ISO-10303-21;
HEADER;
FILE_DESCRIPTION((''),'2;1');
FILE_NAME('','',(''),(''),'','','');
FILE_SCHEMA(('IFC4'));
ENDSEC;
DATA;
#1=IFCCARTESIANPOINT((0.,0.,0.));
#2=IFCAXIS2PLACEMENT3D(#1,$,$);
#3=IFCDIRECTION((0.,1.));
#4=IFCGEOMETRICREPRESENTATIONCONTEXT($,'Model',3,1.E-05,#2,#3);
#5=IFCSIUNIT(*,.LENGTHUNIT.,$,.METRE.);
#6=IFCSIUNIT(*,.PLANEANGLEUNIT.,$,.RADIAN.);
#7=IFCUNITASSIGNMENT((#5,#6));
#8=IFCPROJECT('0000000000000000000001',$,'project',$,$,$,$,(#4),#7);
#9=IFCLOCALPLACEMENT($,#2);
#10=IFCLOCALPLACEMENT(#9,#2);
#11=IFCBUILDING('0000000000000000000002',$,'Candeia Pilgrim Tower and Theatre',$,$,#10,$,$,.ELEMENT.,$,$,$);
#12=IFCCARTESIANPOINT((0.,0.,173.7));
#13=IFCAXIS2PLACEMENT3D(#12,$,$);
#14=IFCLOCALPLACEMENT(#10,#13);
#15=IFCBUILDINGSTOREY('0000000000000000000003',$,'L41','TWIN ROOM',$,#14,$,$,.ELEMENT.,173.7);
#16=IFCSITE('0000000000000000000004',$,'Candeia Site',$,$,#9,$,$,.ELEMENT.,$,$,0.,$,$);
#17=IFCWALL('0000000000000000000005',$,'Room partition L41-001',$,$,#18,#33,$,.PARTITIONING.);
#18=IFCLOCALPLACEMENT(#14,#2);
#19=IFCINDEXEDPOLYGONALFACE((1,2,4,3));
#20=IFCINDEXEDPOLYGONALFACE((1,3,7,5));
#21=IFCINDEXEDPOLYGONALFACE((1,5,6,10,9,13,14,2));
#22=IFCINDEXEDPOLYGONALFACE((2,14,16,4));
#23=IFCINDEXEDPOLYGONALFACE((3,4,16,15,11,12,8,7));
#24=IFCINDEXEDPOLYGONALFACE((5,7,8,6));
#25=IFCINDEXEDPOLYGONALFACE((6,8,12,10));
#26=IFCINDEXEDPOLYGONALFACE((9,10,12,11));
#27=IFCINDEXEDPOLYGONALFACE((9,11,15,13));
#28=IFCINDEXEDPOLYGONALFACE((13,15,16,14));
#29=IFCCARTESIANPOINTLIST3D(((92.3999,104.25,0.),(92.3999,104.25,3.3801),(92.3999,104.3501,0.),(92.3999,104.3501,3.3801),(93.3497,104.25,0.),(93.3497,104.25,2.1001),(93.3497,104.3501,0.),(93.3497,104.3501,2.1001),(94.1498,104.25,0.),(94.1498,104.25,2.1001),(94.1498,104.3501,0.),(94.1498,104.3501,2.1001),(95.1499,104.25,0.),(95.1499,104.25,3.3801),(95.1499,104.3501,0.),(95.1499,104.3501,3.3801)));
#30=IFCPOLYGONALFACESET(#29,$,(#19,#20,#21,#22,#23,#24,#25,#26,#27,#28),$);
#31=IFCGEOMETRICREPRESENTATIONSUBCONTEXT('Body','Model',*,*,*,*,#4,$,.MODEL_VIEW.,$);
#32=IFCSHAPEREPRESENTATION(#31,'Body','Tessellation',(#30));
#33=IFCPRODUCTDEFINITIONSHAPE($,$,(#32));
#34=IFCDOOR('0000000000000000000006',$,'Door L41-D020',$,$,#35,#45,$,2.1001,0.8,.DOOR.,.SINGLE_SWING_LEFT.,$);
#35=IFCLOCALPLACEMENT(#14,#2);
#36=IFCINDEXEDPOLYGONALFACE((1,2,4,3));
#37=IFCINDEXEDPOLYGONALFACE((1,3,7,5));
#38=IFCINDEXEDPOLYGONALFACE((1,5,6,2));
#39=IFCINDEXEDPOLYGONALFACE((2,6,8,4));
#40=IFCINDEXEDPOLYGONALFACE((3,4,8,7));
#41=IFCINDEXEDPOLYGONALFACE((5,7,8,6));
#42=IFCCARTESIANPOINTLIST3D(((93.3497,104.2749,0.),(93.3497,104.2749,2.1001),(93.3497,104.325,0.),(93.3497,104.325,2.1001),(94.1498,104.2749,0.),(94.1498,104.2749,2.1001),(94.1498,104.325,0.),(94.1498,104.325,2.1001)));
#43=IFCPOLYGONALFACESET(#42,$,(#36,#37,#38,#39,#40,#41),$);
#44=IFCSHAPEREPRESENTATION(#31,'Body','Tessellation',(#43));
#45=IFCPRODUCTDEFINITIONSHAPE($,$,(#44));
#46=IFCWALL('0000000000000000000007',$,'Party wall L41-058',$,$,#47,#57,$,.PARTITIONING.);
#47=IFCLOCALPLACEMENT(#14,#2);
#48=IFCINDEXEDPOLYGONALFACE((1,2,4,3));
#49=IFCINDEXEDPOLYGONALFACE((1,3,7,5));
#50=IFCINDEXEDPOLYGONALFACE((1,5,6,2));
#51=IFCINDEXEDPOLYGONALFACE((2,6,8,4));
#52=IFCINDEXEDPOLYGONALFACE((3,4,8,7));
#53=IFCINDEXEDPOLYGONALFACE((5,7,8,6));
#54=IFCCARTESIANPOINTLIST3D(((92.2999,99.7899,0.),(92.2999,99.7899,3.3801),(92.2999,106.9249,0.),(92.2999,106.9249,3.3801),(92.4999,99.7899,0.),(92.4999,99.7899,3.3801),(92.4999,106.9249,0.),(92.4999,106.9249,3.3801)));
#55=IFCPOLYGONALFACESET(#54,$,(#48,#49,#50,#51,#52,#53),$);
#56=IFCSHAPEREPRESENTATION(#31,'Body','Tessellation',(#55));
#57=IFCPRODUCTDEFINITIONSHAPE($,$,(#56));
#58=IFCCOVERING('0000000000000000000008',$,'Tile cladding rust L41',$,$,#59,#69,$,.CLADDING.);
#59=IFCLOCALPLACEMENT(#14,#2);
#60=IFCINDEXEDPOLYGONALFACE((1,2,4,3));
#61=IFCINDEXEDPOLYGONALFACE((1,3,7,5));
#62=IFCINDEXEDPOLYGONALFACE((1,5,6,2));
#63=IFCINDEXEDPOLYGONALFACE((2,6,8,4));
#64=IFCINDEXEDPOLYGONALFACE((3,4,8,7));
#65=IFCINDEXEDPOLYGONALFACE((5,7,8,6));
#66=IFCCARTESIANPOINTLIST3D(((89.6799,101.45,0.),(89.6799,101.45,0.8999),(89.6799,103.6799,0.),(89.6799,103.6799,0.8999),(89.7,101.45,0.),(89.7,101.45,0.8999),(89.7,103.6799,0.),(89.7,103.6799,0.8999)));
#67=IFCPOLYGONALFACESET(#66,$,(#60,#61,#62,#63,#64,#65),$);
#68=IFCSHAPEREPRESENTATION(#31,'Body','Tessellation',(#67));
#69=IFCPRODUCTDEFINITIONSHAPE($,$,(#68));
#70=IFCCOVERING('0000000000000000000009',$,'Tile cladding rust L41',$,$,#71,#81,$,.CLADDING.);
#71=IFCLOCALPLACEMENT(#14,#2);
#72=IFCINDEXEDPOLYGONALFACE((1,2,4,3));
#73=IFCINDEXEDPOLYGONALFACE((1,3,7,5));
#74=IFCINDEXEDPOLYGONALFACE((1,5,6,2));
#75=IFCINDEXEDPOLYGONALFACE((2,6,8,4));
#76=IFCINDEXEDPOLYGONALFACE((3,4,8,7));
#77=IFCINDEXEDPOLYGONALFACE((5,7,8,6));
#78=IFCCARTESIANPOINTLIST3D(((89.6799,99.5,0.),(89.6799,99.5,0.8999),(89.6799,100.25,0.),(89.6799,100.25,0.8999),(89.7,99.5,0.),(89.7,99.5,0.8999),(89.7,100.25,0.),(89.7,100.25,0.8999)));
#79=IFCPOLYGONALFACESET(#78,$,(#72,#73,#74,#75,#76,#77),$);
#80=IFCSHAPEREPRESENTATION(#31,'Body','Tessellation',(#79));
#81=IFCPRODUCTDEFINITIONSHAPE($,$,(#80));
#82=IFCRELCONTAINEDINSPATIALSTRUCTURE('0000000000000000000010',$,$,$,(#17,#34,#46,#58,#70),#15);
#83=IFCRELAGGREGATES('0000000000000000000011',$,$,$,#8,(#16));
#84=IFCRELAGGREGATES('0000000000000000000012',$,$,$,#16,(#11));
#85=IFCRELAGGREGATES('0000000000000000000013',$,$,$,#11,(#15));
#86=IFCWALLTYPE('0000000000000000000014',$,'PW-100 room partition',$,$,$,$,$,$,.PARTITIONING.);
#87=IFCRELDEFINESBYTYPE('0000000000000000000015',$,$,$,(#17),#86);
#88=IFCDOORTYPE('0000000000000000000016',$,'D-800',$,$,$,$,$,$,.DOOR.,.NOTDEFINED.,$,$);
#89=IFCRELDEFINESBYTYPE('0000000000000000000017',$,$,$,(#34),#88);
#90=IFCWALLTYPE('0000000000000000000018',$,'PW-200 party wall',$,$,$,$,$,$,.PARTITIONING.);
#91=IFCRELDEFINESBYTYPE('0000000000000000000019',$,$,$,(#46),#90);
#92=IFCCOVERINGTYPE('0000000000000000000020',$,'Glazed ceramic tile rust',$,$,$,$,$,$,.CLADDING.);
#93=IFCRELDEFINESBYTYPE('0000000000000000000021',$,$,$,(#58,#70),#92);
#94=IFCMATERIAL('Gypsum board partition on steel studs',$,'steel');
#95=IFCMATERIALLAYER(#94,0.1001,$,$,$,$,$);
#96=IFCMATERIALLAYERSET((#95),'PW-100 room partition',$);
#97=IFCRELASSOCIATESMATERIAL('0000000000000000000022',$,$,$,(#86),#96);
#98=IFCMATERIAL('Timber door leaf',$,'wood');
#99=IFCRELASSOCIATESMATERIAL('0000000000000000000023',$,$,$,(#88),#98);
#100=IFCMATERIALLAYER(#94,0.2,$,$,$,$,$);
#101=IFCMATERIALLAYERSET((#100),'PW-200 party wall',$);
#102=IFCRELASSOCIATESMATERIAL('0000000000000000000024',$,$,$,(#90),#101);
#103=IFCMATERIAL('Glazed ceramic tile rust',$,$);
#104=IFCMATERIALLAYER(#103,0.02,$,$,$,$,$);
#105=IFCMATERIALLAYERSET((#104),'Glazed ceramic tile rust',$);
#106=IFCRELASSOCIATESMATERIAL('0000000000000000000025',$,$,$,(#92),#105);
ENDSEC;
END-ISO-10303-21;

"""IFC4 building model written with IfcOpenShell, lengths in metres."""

from ifc_helpers import new_model, si_unit, direction, frame, frame_2d, origin, origin_2d, place, context, subcontext, project, spatial, rectangle, extrude, material, layer, layer_set, type_object, element, fill, save


model = new_model("IFC4")

# Units and contexts
model_context = context("Model", 3, precision=1e-05, world=origin(), true_north=direction((0.0, 1.0)))
body_context = subcontext(model_context, "Body", "Model", "MODEL_VIEW")
ifc_project = project(units=[si_unit("LENGTHUNIT", "METRE"), si_unit("PLANEANGLEUNIT", "RADIAN")], contexts=[model_context])

# Site, building, storey
site_placement = place(None, origin())
site = spatial("IfcSite", under=ifc_project, at=site_placement, Name="Candeia Site", CompositionType="ELEMENT", RefElevation=0.0)
building_placement = place(site_placement, origin())
building = spatial("IfcBuilding", under=site, at=building_placement, Name="Candeia Pilgrim Tower and Theatre", CompositionType="ELEMENT")
storey_placement = place(building_placement, frame((0.0, 0.0, 173.7)))
storey = spatial("IfcBuildingStorey", under=building, at=storey_placement, Name="L41", Description="TWIN ROOM", CompositionType="ELEMENT", Elevation=173.7)

# Wall, opening, door
ifc_material_1 = material(Name="Gypsum board partition on steel studs", Category="steel")
ifc_layer_1 = layer(ifc_material_1, 0.1001)
ifc_layer_set_1 = layer_set([ifc_layer_1], Name="PW-100 room partition")
wall_type_1 = type_object("IfcWallType", Name="PW-100 room partition", PredefinedType="PARTITIONING", material=ifc_layer_set_1)
wall_1_placement = place(storey_placement, frame((92.3999, 104.3, 0.0), z_axis=(0.0, 0.0, 1.0), x_axis=(1.0, 0.0, 0.0)))
wall_1 = element("IfcWall", 1, at=wall_1_placement, inside=storey, type_object=wall_type_1, Name="Room partition L41-001", PredefinedType="PARTITIONING", context=body_context, shape_type="SweptSolid", body=[
    extrude(rectangle(XDim=2.75, YDim=0.1001, at=frame_2d((1.375, 0.0))), origin(), (0.0, 0.0, 1.0), 3.3801),
])
opening_1_placement = place(wall_1_placement, frame((0.95, 0.0, 0.0)))
opening_1 = element("IfcOpeningElement", 2, at=opening_1_placement, cuts=wall_1, PredefinedType="OPENING", context=body_context, shape_type="SweptSolid", body=[
    extrude(rectangle(XDim=0.8, YDim=2.1001, at=frame_2d((0.3999, 1.05))), frame((0.0, 0.0601, 0.0), z_axis=(0.0, -1.0, 0.0), x_axis=(1.0, 0.0, 0.0)), (0.0, 0.0, 1.0), 0.1201),
])
ifc_material_2 = material(Name="Timber door leaf", Category="wood")
door_type_1 = type_object("IfcDoorType", Name="D-800", OperationType="NOTDEFINED", PredefinedType="DOOR", material=ifc_material_2)
door_1_placement = place(opening_1_placement, origin())
door_1 = element("IfcDoor", 3, at=door_1_placement, inside=storey, type_object=door_type_1, Name="Door L41-D020", OperationType="SINGLE_SWING_LEFT", OverallHeight=2.1001, OverallWidth=0.8, PredefinedType="DOOR", context=body_context, shape_type="SweptSolid", body=[
    extrude(rectangle(XDim=0.8, YDim=2.1001, at=frame_2d((0.3999, 1.05))), frame((0.0, 0.0249, 0.0), z_axis=(0.0, -1.0, 0.0), x_axis=(1.0, 0.0, 0.0)), (0.0, 0.0, 1.0), 0.05),
])
fill(opening_1, door_1)

# Wall
ifc_layer_2 = layer(ifc_material_1, 0.2)
ifc_layer_set_2 = layer_set([ifc_layer_2], Name="PW-200 party wall")
wall_type_2 = type_object("IfcWallType", Name="PW-200 party wall", PredefinedType="PARTITIONING", material=ifc_layer_set_2)
wall_2_placement = place(storey_placement, frame((92.3999, 99.79, 0.0), z_axis=(0.0, 0.0, 1.0), x_axis=(0.0, 1.0, 0.0)))
element("IfcWall", 4, at=wall_2_placement, inside=storey, type_object=wall_type_2, Name="Party wall L41-058", PredefinedType="PARTITIONING", context=body_context, shape_type="SweptSolid", body=[
    extrude(rectangle(XDim=7.135, YDim=0.2, at=frame_2d((3.5674, 0.0))), origin(), (0.0, 0.0, 1.0), 3.3801),
])

# Coverings
ifc_material_3 = material(Name="Glazed ceramic tile rust")
ifc_layer_3 = layer(ifc_material_3, 0.02)
ifc_layer_set_3 = layer_set([ifc_layer_3], Name="Glazed ceramic tile rust")
covering_type = type_object("IfcCoveringType", Name="Glazed ceramic tile rust", PredefinedType="CLADDING", material=ifc_layer_set_3)
covering_1_placement = place(storey_placement, frame((89.6899, 102.5649, 0.0), z_axis=(0.0, 0.0, 1.0), x_axis=(0.0, -1.0, 0.0)))
element("IfcCovering", 5, at=covering_1_placement, inside=storey, type_object=covering_type, Name="Tile cladding rust L41", PredefinedType="CLADDING", context=body_context, shape_type="SweptSolid", body=[
    extrude(rectangle(XDim=2.23, YDim=0.02, at=origin_2d()), origin(), (0.0, 0.0, 1.0), 0.8999),
])
covering_2_placement = place(storey_placement, frame((89.6899, 99.875, 0.0), z_axis=(0.0, 0.0, 1.0), x_axis=(0.0, -1.0, 0.0)))
element("IfcCovering", 6, at=covering_2_placement, inside=storey, type_object=covering_type, Name="Tile cladding rust L41", PredefinedType="CLADDING", context=body_context, shape_type="SweptSolid", body=[
    extrude(rectangle(XDim=0.75, YDim=0.02, at=origin_2d()), origin(), (0.0, 0.0, 1.0), 0.8999),
])

save(model, "model.ifc")
